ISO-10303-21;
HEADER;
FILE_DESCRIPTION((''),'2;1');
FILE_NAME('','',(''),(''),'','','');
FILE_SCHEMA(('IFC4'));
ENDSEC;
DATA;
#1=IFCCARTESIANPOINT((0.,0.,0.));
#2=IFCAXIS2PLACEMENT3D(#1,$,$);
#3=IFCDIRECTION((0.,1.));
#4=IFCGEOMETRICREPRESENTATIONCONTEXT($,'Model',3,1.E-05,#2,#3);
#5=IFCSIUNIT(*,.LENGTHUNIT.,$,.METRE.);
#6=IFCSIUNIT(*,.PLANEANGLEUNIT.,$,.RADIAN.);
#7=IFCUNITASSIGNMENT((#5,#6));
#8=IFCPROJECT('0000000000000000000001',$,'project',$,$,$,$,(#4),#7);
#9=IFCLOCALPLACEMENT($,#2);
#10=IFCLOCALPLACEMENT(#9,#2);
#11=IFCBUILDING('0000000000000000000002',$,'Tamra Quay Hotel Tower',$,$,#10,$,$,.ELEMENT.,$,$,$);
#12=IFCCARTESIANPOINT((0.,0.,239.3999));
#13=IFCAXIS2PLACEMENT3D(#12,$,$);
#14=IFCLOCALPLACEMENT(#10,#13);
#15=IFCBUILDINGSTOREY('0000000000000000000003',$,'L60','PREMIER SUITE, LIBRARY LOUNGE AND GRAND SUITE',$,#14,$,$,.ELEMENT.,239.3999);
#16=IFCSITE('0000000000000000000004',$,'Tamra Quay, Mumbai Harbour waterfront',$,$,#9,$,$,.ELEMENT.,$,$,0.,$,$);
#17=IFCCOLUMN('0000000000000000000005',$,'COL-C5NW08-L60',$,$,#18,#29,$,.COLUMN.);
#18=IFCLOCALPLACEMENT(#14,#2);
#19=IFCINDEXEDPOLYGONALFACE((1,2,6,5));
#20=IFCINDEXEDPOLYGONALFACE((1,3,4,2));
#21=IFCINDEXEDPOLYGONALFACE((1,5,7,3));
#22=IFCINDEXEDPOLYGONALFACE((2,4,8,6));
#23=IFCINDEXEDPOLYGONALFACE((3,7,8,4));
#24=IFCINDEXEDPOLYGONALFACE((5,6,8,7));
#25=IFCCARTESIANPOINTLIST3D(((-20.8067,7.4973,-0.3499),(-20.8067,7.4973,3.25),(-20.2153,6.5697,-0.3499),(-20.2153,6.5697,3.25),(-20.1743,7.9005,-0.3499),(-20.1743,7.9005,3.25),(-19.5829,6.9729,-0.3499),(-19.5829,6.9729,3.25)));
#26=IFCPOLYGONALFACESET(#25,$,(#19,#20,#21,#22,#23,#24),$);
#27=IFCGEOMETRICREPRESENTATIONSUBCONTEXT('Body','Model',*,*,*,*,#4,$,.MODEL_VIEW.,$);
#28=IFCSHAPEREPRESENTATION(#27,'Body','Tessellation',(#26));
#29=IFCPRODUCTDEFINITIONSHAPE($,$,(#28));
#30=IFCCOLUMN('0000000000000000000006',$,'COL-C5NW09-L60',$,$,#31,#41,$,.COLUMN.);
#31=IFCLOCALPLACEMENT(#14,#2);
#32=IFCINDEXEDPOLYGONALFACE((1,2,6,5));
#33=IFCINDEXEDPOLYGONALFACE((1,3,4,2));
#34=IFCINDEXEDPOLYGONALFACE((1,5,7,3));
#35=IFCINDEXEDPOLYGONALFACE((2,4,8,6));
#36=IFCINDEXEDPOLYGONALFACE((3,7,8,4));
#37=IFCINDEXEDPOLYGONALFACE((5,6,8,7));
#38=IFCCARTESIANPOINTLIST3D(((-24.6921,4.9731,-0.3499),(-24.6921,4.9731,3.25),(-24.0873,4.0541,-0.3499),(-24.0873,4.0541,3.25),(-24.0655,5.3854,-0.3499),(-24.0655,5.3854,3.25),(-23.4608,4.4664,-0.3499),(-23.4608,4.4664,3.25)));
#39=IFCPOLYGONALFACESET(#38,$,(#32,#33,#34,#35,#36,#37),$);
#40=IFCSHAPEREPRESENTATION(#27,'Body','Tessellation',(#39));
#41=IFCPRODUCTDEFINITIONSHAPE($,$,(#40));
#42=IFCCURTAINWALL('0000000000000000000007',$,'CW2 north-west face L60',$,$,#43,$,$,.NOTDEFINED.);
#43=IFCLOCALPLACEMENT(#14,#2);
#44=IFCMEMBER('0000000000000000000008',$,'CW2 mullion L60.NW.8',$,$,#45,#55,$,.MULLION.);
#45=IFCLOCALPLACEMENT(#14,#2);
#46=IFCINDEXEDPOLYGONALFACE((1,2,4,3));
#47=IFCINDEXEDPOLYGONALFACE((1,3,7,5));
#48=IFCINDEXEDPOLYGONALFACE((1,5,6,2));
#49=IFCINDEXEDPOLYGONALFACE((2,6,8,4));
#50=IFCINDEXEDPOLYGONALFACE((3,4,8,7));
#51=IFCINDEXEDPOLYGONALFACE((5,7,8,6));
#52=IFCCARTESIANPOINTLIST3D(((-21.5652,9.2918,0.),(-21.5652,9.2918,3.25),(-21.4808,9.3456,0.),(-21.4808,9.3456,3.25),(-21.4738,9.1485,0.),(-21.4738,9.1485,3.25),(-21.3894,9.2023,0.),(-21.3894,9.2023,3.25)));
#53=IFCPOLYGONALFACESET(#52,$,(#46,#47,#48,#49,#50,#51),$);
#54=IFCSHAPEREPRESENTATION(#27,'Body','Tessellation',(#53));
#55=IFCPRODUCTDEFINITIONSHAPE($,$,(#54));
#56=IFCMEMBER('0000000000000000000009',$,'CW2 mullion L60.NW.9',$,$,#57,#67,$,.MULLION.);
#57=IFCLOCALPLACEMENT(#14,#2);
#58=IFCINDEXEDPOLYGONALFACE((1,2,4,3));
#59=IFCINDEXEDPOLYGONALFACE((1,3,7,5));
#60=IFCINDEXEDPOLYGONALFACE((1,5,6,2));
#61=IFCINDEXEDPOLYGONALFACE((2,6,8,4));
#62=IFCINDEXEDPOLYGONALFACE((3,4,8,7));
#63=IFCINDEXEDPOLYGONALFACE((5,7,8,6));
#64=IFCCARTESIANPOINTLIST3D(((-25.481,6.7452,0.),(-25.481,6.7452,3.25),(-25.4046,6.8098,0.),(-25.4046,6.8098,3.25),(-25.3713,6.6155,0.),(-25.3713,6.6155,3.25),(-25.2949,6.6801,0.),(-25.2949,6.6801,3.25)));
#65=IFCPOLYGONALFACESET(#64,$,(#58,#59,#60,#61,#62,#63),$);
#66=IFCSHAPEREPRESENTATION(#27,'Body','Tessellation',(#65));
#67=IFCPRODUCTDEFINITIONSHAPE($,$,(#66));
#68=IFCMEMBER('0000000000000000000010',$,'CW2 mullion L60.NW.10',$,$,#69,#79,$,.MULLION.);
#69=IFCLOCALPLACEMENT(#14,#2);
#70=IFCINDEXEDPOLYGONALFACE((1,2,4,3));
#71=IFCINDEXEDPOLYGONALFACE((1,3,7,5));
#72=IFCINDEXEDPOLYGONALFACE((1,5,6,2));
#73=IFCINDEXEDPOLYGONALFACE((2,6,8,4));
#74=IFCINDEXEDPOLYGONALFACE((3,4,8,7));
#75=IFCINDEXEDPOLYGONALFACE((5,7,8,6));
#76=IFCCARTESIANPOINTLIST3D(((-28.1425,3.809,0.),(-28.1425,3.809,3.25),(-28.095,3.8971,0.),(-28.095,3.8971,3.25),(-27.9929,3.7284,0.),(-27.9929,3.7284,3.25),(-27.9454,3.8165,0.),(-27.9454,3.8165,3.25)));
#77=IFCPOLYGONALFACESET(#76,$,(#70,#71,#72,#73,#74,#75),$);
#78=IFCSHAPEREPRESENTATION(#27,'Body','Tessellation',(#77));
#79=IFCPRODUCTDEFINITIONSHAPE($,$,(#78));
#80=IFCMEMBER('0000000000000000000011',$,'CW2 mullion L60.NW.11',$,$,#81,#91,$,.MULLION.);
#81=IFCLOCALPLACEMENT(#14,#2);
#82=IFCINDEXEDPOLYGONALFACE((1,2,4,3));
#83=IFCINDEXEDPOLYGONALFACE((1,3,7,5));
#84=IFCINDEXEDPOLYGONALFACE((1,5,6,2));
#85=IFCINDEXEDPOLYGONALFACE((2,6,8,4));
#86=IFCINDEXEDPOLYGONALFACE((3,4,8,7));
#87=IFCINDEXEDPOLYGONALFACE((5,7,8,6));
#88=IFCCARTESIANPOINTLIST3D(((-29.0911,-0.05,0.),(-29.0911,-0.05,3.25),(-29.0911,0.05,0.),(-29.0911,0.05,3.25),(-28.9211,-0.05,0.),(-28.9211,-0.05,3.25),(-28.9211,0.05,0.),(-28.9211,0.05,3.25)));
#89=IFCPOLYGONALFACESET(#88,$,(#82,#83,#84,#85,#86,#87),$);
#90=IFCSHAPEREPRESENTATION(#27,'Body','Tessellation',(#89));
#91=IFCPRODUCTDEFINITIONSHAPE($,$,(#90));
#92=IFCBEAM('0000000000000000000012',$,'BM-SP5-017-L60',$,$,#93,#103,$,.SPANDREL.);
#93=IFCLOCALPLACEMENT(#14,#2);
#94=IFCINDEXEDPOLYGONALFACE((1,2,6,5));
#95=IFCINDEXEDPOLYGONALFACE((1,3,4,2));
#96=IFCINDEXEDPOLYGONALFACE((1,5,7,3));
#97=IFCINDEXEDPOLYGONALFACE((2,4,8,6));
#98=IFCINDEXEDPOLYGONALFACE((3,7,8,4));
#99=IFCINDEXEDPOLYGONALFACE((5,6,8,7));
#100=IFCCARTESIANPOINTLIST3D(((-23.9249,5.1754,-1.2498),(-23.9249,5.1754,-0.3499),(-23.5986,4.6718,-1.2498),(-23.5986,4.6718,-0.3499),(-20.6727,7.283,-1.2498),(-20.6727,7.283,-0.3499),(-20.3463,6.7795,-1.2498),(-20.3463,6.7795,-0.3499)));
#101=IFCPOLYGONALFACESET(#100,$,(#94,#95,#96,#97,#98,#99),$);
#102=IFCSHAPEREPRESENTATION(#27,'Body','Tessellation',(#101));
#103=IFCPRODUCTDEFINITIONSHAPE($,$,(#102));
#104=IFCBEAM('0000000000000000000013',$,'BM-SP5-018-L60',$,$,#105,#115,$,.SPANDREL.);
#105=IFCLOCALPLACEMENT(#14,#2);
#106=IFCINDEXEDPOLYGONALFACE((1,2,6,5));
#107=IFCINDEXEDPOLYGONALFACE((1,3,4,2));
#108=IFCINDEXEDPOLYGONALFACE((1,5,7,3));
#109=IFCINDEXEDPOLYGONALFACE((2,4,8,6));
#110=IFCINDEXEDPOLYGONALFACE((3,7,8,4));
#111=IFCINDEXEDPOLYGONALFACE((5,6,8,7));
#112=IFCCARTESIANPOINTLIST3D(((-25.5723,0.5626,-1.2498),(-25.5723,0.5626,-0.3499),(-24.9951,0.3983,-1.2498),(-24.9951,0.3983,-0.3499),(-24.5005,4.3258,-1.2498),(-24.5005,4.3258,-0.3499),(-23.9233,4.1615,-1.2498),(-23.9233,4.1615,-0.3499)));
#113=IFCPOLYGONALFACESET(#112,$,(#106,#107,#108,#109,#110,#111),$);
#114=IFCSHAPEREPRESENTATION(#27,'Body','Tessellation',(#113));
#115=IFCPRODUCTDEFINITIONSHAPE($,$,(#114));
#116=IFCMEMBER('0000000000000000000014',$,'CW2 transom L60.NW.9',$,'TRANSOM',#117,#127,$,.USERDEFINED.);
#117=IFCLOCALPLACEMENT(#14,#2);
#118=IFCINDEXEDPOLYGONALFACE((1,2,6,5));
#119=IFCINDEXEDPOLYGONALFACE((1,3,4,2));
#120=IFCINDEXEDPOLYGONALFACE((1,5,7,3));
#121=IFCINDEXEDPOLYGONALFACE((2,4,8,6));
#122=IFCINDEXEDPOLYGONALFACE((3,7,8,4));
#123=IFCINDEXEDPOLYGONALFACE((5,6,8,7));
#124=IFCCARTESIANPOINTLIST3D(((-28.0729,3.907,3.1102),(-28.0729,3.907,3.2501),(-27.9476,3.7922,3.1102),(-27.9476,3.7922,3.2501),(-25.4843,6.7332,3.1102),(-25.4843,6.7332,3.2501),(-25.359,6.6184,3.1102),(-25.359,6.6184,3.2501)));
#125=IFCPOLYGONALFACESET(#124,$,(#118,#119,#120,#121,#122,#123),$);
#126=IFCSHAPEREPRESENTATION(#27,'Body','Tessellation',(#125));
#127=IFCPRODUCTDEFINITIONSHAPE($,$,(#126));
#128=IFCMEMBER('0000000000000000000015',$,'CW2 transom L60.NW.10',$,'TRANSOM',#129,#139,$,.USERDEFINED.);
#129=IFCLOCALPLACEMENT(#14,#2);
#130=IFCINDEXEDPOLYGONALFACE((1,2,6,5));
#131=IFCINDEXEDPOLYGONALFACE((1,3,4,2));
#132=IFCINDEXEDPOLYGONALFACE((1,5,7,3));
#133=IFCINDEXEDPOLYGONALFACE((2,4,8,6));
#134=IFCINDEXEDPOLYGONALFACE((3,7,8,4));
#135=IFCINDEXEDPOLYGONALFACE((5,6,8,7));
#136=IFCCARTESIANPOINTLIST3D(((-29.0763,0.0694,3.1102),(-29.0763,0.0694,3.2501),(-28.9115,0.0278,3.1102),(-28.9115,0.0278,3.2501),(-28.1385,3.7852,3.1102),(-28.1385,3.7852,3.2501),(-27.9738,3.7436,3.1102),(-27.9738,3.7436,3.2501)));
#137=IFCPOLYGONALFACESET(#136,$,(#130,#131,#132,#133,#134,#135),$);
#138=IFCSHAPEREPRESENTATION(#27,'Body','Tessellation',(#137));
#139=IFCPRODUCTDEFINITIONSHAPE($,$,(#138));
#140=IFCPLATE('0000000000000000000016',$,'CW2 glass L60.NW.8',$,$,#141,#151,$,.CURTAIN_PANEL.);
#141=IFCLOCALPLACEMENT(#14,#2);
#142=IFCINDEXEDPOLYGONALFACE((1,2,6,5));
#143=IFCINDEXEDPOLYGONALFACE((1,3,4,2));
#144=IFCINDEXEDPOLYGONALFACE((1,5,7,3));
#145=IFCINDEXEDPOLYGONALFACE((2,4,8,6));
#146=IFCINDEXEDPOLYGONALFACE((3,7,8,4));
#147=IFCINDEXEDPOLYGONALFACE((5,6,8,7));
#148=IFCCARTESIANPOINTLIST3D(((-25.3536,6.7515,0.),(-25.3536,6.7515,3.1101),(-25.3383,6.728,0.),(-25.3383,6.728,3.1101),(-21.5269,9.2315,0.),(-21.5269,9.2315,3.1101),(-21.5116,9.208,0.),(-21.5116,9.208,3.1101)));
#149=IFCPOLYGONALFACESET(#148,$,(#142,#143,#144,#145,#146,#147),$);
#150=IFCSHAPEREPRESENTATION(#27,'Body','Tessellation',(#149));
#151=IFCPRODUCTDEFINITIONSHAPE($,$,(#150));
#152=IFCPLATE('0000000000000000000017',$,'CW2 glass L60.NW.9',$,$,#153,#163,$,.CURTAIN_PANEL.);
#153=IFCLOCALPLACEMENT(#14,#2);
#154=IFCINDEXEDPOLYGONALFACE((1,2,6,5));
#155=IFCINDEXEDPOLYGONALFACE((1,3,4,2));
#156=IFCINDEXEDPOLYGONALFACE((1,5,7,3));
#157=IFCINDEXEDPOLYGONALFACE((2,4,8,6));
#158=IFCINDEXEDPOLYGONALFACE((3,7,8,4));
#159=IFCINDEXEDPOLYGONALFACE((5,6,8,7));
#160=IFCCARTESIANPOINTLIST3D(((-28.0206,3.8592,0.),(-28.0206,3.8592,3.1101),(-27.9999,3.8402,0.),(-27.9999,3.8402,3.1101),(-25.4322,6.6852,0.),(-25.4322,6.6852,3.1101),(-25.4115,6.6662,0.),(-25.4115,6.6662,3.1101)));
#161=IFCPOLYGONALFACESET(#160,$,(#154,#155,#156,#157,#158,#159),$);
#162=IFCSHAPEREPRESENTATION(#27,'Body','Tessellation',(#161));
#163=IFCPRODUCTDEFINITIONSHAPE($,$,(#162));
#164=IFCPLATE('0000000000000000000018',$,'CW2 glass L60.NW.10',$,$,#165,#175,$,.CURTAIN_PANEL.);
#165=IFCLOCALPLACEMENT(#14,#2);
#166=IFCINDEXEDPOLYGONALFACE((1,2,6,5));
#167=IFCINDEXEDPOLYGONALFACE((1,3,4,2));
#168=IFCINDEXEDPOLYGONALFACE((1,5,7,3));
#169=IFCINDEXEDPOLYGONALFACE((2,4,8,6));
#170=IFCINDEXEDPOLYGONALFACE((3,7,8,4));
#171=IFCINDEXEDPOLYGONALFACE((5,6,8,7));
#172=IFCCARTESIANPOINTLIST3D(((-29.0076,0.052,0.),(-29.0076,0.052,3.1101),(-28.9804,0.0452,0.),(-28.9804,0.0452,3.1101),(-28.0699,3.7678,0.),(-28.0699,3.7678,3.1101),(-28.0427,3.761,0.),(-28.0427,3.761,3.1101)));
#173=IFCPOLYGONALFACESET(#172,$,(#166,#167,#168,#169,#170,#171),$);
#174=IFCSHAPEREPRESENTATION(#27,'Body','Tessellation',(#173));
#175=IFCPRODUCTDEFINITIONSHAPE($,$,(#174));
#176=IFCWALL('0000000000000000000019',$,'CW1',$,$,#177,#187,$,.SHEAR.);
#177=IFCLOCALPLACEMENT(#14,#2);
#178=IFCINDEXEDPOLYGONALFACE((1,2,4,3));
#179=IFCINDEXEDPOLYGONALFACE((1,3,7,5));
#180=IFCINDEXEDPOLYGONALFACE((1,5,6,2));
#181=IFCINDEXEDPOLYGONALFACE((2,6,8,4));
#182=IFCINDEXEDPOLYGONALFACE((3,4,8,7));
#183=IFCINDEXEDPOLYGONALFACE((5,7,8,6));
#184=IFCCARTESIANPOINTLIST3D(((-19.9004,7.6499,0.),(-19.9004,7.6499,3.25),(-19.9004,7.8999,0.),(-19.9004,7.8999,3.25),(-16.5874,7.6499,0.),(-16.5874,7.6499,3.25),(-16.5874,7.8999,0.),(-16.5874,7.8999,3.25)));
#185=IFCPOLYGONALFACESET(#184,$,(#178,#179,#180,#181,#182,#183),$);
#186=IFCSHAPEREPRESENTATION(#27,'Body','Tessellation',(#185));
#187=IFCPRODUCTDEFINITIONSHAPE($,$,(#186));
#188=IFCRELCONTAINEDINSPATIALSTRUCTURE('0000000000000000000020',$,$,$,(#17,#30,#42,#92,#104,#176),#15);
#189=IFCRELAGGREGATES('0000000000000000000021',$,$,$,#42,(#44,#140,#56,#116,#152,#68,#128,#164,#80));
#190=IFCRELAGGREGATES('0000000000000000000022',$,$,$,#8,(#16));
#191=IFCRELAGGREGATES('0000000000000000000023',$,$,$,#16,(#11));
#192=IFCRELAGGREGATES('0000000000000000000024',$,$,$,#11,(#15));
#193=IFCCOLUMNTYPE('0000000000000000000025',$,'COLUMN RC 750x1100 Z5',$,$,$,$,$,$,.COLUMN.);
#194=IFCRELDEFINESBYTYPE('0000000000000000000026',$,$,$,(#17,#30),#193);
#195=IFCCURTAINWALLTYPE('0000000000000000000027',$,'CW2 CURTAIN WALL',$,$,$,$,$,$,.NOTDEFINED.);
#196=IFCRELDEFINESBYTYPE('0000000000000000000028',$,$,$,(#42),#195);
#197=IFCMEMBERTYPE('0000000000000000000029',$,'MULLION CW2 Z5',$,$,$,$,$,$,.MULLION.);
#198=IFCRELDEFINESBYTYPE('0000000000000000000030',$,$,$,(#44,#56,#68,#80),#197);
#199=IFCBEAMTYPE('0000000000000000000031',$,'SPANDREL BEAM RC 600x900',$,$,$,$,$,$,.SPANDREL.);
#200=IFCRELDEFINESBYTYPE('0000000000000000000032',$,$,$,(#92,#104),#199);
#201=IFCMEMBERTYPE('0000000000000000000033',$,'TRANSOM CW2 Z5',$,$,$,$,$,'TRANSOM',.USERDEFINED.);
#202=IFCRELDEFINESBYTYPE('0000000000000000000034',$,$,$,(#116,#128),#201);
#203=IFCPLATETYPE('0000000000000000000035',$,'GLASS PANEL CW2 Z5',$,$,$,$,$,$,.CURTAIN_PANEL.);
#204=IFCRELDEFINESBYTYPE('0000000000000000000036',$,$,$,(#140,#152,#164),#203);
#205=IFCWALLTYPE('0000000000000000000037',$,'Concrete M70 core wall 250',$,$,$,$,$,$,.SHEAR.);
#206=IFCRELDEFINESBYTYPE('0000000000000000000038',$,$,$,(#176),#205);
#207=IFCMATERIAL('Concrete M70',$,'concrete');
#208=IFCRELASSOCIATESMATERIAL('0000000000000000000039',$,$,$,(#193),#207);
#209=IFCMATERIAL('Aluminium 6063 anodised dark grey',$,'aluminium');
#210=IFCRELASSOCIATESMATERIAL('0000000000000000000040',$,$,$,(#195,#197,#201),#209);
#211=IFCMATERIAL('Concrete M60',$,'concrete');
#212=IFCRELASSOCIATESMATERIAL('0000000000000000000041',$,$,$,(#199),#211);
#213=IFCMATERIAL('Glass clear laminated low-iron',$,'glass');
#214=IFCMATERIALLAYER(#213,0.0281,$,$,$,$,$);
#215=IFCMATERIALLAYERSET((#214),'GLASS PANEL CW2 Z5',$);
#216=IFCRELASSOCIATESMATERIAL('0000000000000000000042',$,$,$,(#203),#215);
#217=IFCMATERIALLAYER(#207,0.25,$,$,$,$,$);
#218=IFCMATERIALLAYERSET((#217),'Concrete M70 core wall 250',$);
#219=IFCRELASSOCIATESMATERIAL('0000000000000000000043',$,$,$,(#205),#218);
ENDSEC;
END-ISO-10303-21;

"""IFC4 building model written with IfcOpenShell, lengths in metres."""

from ifc_helpers import new_model, si_unit, direction, frame, frame_2d, origin, origin_2d, place, context, subcontext, project, spatial, rectangle, extrude, material, layer, layer_set, material_profile, profile_set, type_object, element, aggregate, save


model = new_model("IFC4")

# Units and contexts
model_context = context("Model", 3, precision=1e-05, world=origin(), true_north=direction((0.0, 1.0)))
body_context = subcontext(model_context, "Body", "Model", "MODEL_VIEW")
ifc_project = project(units=[si_unit("LENGTHUNIT", "METRE"), si_unit("PLANEANGLEUNIT", "RADIAN")], contexts=[model_context])

# Site, building, storey
site_placement = place(None, origin())
site = spatial("IfcSite", under=ifc_project, at=site_placement, Name="Tamra Quay, Mumbai Harbour waterfront", CompositionType="ELEMENT", RefElevation=0.0)
building_placement = place(site_placement, origin())
building = spatial("IfcBuilding", under=site, at=building_placement, Name="Tamra Quay Hotel Tower", CompositionType="ELEMENT")
storey_placement = place(building_placement, frame((0.0, 0.0, 239.3999)))
storey = spatial("IfcBuildingStorey", under=building, at=storey_placement, Name="L60", Description="PREMIER SUITE, LIBRARY LOUNGE AND GRAND SUITE", CompositionType="ELEMENT", Elevation=239.3999)

# Columns
ifc_material_1 = material(Name="Concrete M70", Category="concrete")
ifc_material_profile_1 = material_profile(ifc_material_1, rectangle(XDim=1.1001, YDim=0.75, at=origin_2d()), Name="COLUMN RC 750x1100 Z5")
ifc_profile_set_1 = profile_set([ifc_material_profile_1], Name="Concrete M70")
column_type = type_object("IfcColumnType", Name="COLUMN RC 750x1100 Z5", PredefinedType="COLUMN", material=ifc_profile_set_1)
for number, where, z_axis, x_axis, name in (
    (1, (-20.1948, 7.2351, -0.3499), (0.0, 0.0, 1.0), (-0.537585, 0.843209, 0.0), "COL-C5NW08-L60"),
    (2, (-24.0764, 4.7197, -0.3499), (0.0, 0.0, 1.0), (-0.549739, 0.835337, 0.0), "COL-C5NW09-L60"),
):
    element("IfcColumn", number, at=place(storey_placement, frame(where, z_axis=z_axis, x_axis=x_axis)), inside=storey, type_object=column_type, Name=name, PredefinedType="COLUMN", context=body_context, shape_type="SweptSolid", body=[
        extrude(rectangle(XDim=1.1001, YDim=0.75, at=origin_2d()), origin(), (0.0, 0.0, 1.0), 3.5999),
    ])

# Curtain wall, members
ifc_material_2 = material(Name="Aluminium 6063 anodised dark grey", Category="aluminium")
curtain_wall_type = type_object("IfcCurtainWallType", Name="CW2 CURTAIN WALL", PredefinedType="NOTDEFINED", material=ifc_material_2)
curtain_wall_placement = place(storey_placement, origin())
curtain_wall = element("IfcCurtainWall", 3, at=curtain_wall_placement, inside=storey, type_object=curtain_wall_type, Name="CW2 north-west face L60", PredefinedType="NOTDEFINED")
ifc_material_profile_2 = material_profile(ifc_material_2, rectangle(XDim=0.1699, YDim=0.1001, at=origin_2d()), Name="MULLION 100X170")
ifc_profile_set_2 = profile_set([ifc_material_profile_2], Name="Aluminium 6063 anodised dark grey")
member_type_1 = type_object("IfcMemberType", Name="MULLION CW2 Z5", PredefinedType="MULLION", material=ifc_profile_set_2)
member_1_placement = place(storey_placement, frame((-21.4773, 9.2471, 0.0), z_axis=(0.0, 0.0, 1.0), x_axis=(-0.537684, 0.843147, 0.0)))
member_1 = element("IfcMember", 4, at=member_1_placement, type_object=member_type_1, Name="CW2 mullion L60.NW.8", PredefinedType="MULLION", context=body_context, shape_type="SweptSolid", body=[
    extrude(rectangle(XDim=0.1699, YDim=0.1001, at=origin_2d()), origin(), (0.0, 0.0, 1.0), 3.25),
])
member_2_placement = place(storey_placement, frame((-25.3879, 6.7126, 0.0), z_axis=(0.0, 0.0, 1.0), x_axis=(-0.645846, 0.763467, 0.0)))
member_2 = element("IfcMember", 5, at=member_2_placement, type_object=member_type_1, Name="CW2 mullion L60.NW.9", PredefinedType="MULLION", context=body_context, shape_type="SweptSolid", body=[
    extrude(rectangle(XDim=0.1699, YDim=0.1001, at=origin_2d()), origin(), (0.0, 0.0, 1.0), 3.25),
])
member_3_placement = place(storey_placement, frame((-28.0439, 3.8127, 0.0), z_axis=(0.0, 0.0, 1.0), x_axis=(-0.880267, 0.474479, 0.0)))
member_3 = element("IfcMember", 6, at=member_3_placement, type_object=member_type_1, Name="CW2 mullion L60.NW.10", PredefinedType="MULLION", context=body_context, shape_type="SweptSolid", body=[
    extrude(rectangle(XDim=0.1699, YDim=0.1001, at=origin_2d()), origin(), (0.0, 0.0, 1.0), 3.25),
])
member_4_placement = place(storey_placement, frame((-29.0061, 0.0, 0.0), z_axis=(0.0, 0.0, 1.0), x_axis=(-1.0, 0.0, 0.0)))
member_4 = element("IfcMember", 7, at=member_4_placement, type_object=member_type_1, Name="CW2 mullion L60.NW.11", PredefinedType="MULLION", context=body_context, shape_type="SweptSolid", body=[
    extrude(rectangle(XDim=0.1699, YDim=0.1001, at=origin_2d()), origin(), (0.0, 0.0, 1.0), 3.25),
])

# Beams
ifc_material_3 = material(Name="Concrete M60", Category="concrete")
ifc_material_profile_3 = material_profile(ifc_material_3, rectangle(XDim=0.6001, YDim=0.8999, at=origin_2d()), Name="SPANDREL BEAM RC 600x900")
ifc_profile_set_3 = profile_set([ifc_material_profile_3], Name="Concrete M60")
beam_type = type_object("IfcBeamType", Name="SPANDREL BEAM RC 600x900", PredefinedType="SPANDREL", material=ifc_profile_set_3)
beam_1_placement = place(storey_placement, frame((-20.5095, 7.0312, -0.7998), z_axis=(-0.839181, -0.543852, 0.0), x_axis=(0.543852, -0.839181, 0.0)))
element("IfcBeam", 8, at=beam_1_placement, inside=storey, type_object=beam_type, Name="BM-SP5-017-L60", PredefinedType="SPANDREL", context=body_context, shape_type="SweptSolid", body=[
    extrude(rectangle(XDim=0.6001, YDim=0.8999, at=origin_2d()), origin(), (0.0, 0.0, 1.0), 3.8755),
])
beam_2_placement = place(storey_placement, frame((-24.2119, 4.2437, -0.7998), z_axis=(-0.273913, -0.961754, 0.0), x_axis=(0.961754, -0.273913, 0.0)))
element("IfcBeam", 9, at=beam_2_placement, inside=storey, type_object=beam_type, Name="BM-SP5-018-L60", PredefinedType="SPANDREL", context=body_context, shape_type="SweptSolid", body=[
    extrude(rectangle(XDim=0.6001, YDim=0.8999, at=origin_2d()), origin(), (0.0, 0.0, 1.0), 3.9128),
])

# Members
ifc_material_profile_4 = material_profile(ifc_material_2, rectangle(XDim=0.1699, YDim=0.1399, at=origin_2d()), Name="TRANSOM 170X140")
ifc_profile_set_4 = profile_set([ifc_material_profile_4], Name="Aluminium 6063 anodised dark grey")
member_type_2 = type_object("IfcMemberType", Name="TRANSOM CW2 Z5", ElementType="TRANSOM", PredefinedType="USERDEFINED", material=ifc_profile_set_4)
member_5_placement = place(storey_placement, frame((-25.4216, 6.6758, 3.1802), z_axis=(-0.675436, -0.737419, 0.0), x_axis=(0.737419, -0.675436, 0.0)))
member_5 = element("IfcMember", 10, at=member_5_placement, type_object=member_type_2, Name="CW2 transom L60.NW.9", ObjectType="TRANSOM", PredefinedType="USERDEFINED", context=body_context, shape_type="SweptSolid", body=[
    extrude(rectangle(XDim=0.1699, YDim=0.1399, at=origin_2d()), origin(), (0.0, 0.0, 1.0), 3.8325),
])
member_6_placement = place(storey_placement, frame((-28.0562, 3.7644, 3.1802), z_axis=(-0.244694, -0.9696, 0.0), x_axis=(0.9696, -0.244694, 0.0)))
member_6 = element("IfcMember", 11, at=member_6_placement, type_object=member_type_2, Name="CW2 transom L60.NW.10", ObjectType="TRANSOM", PredefinedType="USERDEFINED", context=body_context, shape_type="SweptSolid", body=[
    extrude(rectangle(XDim=0.1699, YDim=0.1399, at=origin_2d()), origin(), (0.0, 0.0, 1.0), 3.8323),
])

# Plates
ifc_material_4 = material(Name="Glass clear laminated low-iron", Category="glass")
ifc_layer_1 = layer(ifc_material_4, 0.0281)
ifc_layer_set_1 = layer_set([ifc_layer_1], Name="GLASS PANEL CW2 Z5")
plate_type = type_object("IfcPlateType", Name="GLASS PANEL CW2 Z5", PredefinedType="CURTAIN_PANEL", material=ifc_layer_set_1)
plate_1_placement = place(storey_placement, frame((-23.4326, 7.9797, 0.0), z_axis=(0.0, 0.0, 1.0), x_axis=(-0.839179, -0.543855, 0.0)))
plate_1 = element("IfcPlate", 12, at=plate_1_placement, type_object=plate_type, Name="CW2 glass L60.NW.8", PredefinedType="CURTAIN_PANEL", context=body_context, shape_type="SweptSolid", body=[
    extrude(rectangle(XDim=4.5601, YDim=0.0281, at=origin_2d()), origin(), (0.0, 0.0, 1.0), 3.1101),
])
plate_2_placement = place(storey_placement, frame((-26.7161, 5.2627, 0.0), z_axis=(0.0, 0.0, 1.0), x_axis=(-0.675438, -0.737417, 0.0)))
plate_2 = element("IfcPlate", 13, at=plate_2_placement, type_object=plate_type, Name="CW2 glass L60.NW.9", PredefinedType="CURTAIN_PANEL", context=body_context, shape_type="SweptSolid", body=[
    extrude(rectangle(XDim=3.8323, YDim=0.0281, at=origin_2d()), origin(), (0.0, 0.0, 1.0), 3.1101),
])
plate_3_placement = place(storey_placement, frame((-28.5251, 1.9065, 0.0), z_axis=(0.0, 0.0, 1.0), x_axis=(-0.244677, -0.969605, 0.0)))
plate_3 = element("IfcPlate", 14, at=plate_3_placement, type_object=plate_type, Name="CW2 glass L60.NW.10", PredefinedType="CURTAIN_PANEL", context=body_context, shape_type="SweptSolid", body=[
    extrude(rectangle(XDim=3.8323, YDim=0.0281, at=origin_2d()), origin(), (0.0, 0.0, 1.0), 3.1101),
])
aggregate(curtain_wall, [member_1, plate_1, member_2, member_5, plate_2, member_3, member_6, plate_3, member_4])

# Wall
ifc_layer_2 = layer(ifc_material_1, 0.25)
ifc_layer_set_2 = layer_set([ifc_layer_2], Name="Concrete M70 core wall 250")
wall_type_1 = type_object("IfcWallType", Name="Concrete M70 core wall 250", PredefinedType="SHEAR", material=ifc_layer_set_2)
wall_1_placement = place(storey_placement, frame((-19.9004, 7.7749, 0.0), z_axis=(0.0, 0.0, 1.0), x_axis=(1.0, 0.0, 0.0)))
element("IfcWall", 15, at=wall_1_placement, inside=storey, type_object=wall_type_1, Name="CW1", PredefinedType="SHEAR", context=body_context, shape_type="SweptSolid", body=[
    extrude(rectangle(XDim=3.313, YDim=0.25, at=frame_2d((1.6565, 0.0))), origin(), (0.0, 0.0, 1.0), 3.25),
])

save(model, "model.ifc")
